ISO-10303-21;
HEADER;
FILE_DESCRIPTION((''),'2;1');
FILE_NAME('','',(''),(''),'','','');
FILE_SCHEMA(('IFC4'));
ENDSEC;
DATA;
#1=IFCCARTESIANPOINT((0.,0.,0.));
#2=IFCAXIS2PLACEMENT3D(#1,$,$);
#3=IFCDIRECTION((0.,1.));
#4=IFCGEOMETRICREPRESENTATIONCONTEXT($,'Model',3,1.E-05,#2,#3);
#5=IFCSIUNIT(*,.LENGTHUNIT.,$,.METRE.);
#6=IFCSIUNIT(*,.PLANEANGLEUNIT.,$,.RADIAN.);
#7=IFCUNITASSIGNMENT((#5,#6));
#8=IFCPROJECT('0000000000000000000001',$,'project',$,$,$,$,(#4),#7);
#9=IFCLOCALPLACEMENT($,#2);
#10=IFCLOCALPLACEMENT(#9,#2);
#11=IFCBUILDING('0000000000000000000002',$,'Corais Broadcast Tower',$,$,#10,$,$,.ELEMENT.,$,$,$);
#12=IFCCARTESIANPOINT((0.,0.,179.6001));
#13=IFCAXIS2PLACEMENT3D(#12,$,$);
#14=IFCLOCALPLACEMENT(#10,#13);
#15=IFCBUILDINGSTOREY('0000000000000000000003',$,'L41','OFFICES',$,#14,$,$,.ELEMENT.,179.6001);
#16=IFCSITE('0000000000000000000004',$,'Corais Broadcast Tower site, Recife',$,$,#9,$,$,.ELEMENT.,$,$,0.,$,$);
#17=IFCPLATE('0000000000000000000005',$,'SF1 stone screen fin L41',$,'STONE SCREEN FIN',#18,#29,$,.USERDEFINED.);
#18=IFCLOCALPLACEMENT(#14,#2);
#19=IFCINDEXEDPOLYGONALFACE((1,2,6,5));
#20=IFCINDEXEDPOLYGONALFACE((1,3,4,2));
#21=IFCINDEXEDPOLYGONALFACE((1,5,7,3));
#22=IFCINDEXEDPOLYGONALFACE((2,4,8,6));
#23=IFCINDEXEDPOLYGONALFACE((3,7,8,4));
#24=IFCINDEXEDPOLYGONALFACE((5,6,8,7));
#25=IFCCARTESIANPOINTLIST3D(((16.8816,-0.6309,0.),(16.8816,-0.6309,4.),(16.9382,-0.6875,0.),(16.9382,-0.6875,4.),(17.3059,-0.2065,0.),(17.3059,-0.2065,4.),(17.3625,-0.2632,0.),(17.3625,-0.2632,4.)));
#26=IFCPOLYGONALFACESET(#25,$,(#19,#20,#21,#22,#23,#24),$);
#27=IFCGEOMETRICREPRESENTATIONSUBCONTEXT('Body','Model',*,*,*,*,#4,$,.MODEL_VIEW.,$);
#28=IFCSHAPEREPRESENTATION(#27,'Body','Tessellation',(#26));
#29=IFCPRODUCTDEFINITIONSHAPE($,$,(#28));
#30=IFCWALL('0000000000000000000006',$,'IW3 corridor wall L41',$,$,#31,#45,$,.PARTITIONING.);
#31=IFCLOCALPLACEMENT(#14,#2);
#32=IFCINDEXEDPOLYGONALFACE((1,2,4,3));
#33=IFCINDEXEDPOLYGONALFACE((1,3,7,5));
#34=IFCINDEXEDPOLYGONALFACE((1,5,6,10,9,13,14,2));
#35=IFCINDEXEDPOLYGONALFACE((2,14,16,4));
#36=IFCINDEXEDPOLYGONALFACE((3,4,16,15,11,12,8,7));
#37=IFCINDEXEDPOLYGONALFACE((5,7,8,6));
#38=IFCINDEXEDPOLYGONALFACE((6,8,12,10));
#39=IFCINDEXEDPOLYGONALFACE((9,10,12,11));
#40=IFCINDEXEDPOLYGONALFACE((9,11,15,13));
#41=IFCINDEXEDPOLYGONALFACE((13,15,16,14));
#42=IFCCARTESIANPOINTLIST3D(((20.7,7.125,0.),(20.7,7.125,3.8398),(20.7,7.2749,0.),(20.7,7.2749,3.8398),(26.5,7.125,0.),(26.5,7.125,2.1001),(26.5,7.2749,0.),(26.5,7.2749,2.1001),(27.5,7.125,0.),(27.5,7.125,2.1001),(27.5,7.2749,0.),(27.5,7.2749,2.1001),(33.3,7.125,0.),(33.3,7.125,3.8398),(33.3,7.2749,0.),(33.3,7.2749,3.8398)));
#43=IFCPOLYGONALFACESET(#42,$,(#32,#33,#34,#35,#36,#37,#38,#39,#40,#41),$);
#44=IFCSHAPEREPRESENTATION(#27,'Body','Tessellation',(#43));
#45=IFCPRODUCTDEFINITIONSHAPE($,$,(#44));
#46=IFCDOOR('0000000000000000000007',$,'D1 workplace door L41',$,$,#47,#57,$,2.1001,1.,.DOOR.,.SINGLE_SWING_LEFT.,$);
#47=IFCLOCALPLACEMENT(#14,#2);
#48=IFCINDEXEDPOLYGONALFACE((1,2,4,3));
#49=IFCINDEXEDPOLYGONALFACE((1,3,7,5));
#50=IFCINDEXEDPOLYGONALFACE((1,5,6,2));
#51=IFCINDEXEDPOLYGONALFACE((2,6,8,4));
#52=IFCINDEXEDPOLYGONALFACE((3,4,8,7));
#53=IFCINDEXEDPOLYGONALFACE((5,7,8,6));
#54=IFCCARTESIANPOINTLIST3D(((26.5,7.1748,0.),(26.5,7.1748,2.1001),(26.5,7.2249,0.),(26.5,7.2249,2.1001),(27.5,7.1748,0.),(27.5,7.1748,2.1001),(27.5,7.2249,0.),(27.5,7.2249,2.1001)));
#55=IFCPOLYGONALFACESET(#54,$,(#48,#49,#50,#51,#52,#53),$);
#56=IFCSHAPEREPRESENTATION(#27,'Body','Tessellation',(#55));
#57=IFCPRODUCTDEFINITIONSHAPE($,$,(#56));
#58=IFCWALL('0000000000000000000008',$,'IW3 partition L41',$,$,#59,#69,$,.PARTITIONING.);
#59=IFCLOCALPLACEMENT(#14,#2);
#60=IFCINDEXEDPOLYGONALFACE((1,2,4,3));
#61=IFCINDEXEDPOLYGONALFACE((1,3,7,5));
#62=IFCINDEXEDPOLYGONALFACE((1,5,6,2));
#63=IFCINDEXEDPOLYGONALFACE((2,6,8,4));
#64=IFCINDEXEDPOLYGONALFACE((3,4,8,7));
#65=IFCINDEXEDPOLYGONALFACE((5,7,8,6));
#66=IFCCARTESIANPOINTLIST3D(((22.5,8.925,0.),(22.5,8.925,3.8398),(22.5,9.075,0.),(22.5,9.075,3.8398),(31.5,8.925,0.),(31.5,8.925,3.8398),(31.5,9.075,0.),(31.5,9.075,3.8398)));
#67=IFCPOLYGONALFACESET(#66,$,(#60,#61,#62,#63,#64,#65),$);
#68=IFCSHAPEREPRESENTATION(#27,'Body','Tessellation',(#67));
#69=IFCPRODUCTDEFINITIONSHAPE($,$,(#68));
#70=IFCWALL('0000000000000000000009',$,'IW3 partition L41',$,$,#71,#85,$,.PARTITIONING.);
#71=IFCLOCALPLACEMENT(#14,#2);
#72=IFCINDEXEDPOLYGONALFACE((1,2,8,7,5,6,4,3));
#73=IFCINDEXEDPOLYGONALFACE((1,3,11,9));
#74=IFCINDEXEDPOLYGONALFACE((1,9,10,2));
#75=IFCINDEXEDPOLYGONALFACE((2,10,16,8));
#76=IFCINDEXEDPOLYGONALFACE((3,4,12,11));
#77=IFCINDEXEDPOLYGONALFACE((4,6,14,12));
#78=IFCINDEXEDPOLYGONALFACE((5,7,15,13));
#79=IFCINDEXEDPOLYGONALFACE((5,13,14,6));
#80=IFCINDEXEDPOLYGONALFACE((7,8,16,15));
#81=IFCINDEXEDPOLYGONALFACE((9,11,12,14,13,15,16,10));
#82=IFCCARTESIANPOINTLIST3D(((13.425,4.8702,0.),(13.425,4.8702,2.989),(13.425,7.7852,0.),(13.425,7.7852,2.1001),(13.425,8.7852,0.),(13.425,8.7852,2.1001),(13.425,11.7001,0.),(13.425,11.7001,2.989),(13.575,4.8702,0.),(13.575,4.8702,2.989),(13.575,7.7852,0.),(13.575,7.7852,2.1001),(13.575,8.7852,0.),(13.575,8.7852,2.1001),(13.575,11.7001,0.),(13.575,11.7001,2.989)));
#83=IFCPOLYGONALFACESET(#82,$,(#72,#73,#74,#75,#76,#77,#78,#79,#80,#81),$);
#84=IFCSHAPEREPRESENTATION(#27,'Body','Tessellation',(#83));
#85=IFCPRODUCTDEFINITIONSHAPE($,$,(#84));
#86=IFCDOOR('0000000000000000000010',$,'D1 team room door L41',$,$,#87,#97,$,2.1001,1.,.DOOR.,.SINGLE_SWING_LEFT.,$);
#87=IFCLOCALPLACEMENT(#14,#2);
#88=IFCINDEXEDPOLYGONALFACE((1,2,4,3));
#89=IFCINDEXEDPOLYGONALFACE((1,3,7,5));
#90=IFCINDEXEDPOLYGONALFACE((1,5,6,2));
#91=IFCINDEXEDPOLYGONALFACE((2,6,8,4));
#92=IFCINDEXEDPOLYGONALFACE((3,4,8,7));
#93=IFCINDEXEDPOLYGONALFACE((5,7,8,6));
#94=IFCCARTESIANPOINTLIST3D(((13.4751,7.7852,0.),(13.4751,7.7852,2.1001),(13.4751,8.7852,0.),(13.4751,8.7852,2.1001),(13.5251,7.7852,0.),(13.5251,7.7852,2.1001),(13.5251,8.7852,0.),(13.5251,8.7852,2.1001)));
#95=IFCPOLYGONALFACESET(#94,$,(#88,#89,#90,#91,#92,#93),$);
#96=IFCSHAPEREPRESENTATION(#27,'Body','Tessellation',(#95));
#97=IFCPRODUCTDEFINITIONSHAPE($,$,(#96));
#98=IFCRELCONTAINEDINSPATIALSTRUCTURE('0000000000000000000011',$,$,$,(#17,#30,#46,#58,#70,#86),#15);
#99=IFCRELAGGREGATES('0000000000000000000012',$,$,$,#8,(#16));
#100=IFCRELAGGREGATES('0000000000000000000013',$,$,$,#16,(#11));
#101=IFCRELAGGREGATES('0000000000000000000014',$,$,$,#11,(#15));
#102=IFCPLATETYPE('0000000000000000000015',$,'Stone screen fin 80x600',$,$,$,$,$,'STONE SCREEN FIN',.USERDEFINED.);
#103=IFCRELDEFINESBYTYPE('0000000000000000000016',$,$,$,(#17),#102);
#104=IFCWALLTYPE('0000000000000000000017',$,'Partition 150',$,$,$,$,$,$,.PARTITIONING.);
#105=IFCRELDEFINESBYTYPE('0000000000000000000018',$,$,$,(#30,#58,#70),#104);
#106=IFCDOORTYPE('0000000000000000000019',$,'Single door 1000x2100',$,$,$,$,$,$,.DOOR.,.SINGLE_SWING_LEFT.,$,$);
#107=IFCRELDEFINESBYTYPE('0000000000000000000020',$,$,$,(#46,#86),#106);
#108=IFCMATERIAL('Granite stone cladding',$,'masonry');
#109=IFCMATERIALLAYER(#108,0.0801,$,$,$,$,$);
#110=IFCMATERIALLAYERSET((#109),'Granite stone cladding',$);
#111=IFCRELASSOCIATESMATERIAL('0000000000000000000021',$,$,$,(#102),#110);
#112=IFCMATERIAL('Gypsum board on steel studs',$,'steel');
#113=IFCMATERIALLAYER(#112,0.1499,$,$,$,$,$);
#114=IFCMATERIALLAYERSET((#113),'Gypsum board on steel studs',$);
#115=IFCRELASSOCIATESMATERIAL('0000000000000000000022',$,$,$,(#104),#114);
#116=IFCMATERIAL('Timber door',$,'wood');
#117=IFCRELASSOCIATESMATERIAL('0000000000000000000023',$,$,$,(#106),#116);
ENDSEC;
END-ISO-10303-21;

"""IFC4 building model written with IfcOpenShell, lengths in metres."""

from ifc_helpers import new_model, si_unit, direction, frame, frame_2d, origin, origin_2d, place, context, subcontext, project, spatial, rectangle, extrude, material, layer, layer_set, type_object, element, fill, save


model = new_model("IFC4")

# Units and contexts
model_context = context("Model", 3, precision=1e-05, world=origin(), true_north=direction((0.0, 1.0)))
body_context = subcontext(model_context, "Body", "Model", "MODEL_VIEW")
ifc_project = project(units=[si_unit("LENGTHUNIT", "METRE"), si_unit("PLANEANGLEUNIT", "RADIAN")], contexts=[model_context])

# Site, building, storey
site_placement = place(None, origin())
site = spatial("IfcSite", under=ifc_project, at=site_placement, Name="Corais Broadcast Tower site, Recife", CompositionType="ELEMENT", RefElevation=0.0)
building_placement = place(site_placement, origin())
building = spatial("IfcBuilding", under=site, at=building_placement, Name="Corais Broadcast Tower", CompositionType="ELEMENT")
storey_placement = place(building_placement, frame((0.0, 0.0, 179.6001)))
storey = spatial("IfcBuildingStorey", under=building, at=storey_placement, Name="L41", Description="OFFICES", CompositionType="ELEMENT", Elevation=179.6001)

# Plate
ifc_material_1 = material(Name="Granite stone cladding", Category="masonry")
ifc_layer_1 = layer(ifc_material_1, 0.0801)
ifc_layer_set_1 = layer_set([ifc_layer_1], Name="Granite stone cladding")
plate_type_1 = type_object("IfcPlateType", Name="Stone screen fin 80x600", ElementType="STONE SCREEN FIN", PredefinedType="USERDEFINED", material=ifc_layer_set_1)
plate_1_placement = place(storey_placement, frame((17.1221, -0.447, 0.0), z_axis=(0.0, 0.0, 1.0), x_axis=(-0.707107, 0.707107, 0.0)))
element("IfcPlate", 1, at=plate_1_placement, inside=storey, type_object=plate_type_1, Name="SF1 stone screen fin L41", ObjectType="STONE SCREEN FIN", PredefinedType="USERDEFINED", context=body_context, shape_type="SweptSolid", body=[
    extrude(rectangle(XDim=0.0801, YDim=0.6001, at=origin_2d()), origin(), (0.0, 0.0, 1.0), 4.0),
])

# Wall, opening, door
ifc_material_2 = material(Name="Gypsum board on steel studs", Category="steel")
ifc_layer_2 = layer(ifc_material_2, 0.1499)
ifc_layer_set_2 = layer_set([ifc_layer_2], Name="Gypsum board on steel studs")
wall_type = type_object("IfcWallType", Name="Partition 150", PredefinedType="PARTITIONING", material=ifc_layer_set_2)
wall_1_placement = place(storey_placement, frame((20.7, 7.2, 0.0), z_axis=(0.0, 0.0, 1.0), x_axis=(1.0, 0.0, 0.0)))
wall_1 = element("IfcWall", 2, at=wall_1_placement, inside=storey, type_object=wall_type, Name="IW3 corridor wall L41", PredefinedType="PARTITIONING", context=body_context, shape_type="SweptSolid", body=[
    extrude(rectangle(XDim=12.6001, YDim=0.1499, at=frame_2d((6.3, 0.0))), origin(), (0.0, 0.0, 1.0), 3.8398),
])
opening_1_placement = place(wall_1_placement, frame((5.8, 0.0, 0.0)))
opening_1 = element("IfcOpeningElement", 3, at=opening_1_placement, cuts=wall_1, PredefinedType="OPENING", context=body_context, shape_type="SweptSolid", body=[
    extrude(rectangle(XDim=1.0, YDim=2.1001, at=frame_2d((0.5, 1.05))), frame((0.0, 0.085, 0.0), z_axis=(0.0, -1.0, 0.0), x_axis=(1.0, 0.0, 0.0)), (0.0, 0.0, 1.0), 0.1699),
])
ifc_material_3 = material(Name="Timber door", Category="wood")
door_type = type_object("IfcDoorType", Name="Single door 1000x2100", OperationType="SINGLE_SWING_LEFT", PredefinedType="DOOR", material=ifc_material_3)
door_1_placement = place(opening_1_placement, origin())
door_1 = element("IfcDoor", 4, at=door_1_placement, inside=storey, type_object=door_type, Name="D1 workplace door L41", OperationType="SINGLE_SWING_LEFT", OverallHeight=2.1001, OverallWidth=1.0, PredefinedType="DOOR", context=body_context, shape_type="SweptSolid", body=[
    extrude(rectangle(XDim=1.0, YDim=2.1001, at=frame_2d((0.5, 1.05))), frame((0.0, 0.0249, 0.0), z_axis=(0.0, -1.0, 0.0), x_axis=(1.0, 0.0, 0.0)), (0.0, 0.0, 1.0), 0.05),
])
fill(opening_1, door_1)

# Wall
wall_2_placement = place(storey_placement, frame((22.5, 9.0, 0.0), z_axis=(0.0, 0.0, 1.0), x_axis=(1.0, 0.0, 0.0)))
element("IfcWall", 5, at=wall_2_placement, inside=storey, type_object=wall_type, Name="IW3 partition L41", PredefinedType="PARTITIONING", context=body_context, shape_type="SweptSolid", body=[
    extrude(rectangle(XDim=9.0, YDim=0.1499, at=frame_2d((4.5, 0.0))), origin(), (0.0, 0.0, 1.0), 3.8398),
])

# Wall, opening, door
wall_3_placement = place(storey_placement, frame((13.5, 4.8701, 0.0), z_axis=(0.0, 0.0, 1.0), x_axis=(0.0, 1.0, 0.0)))
wall_3 = element("IfcWall", 6, at=wall_3_placement, inside=storey, type_object=wall_type, Name="IW3 partition L41", PredefinedType="PARTITIONING", context=body_context, shape_type="SweptSolid", body=[
    extrude(rectangle(XDim=6.8298, YDim=0.1499, at=frame_2d((3.415, 0.0))), origin(), (0.0, 0.0, 1.0), 2.989),
])
opening_2_placement = place(wall_3_placement, frame((2.915, 0.0, 0.0)))
opening_2 = element("IfcOpeningElement", 7, at=opening_2_placement, cuts=wall_3, PredefinedType="OPENING", context=body_context, shape_type="SweptSolid", body=[
    extrude(rectangle(XDim=1.0, YDim=2.1001, at=frame_2d((0.5, 1.05))), frame((0.0, 0.085, 0.0), z_axis=(0.0, -1.0, 0.0), x_axis=(1.0, 0.0, 0.0)), (0.0, 0.0, 1.0), 0.1699),
])
door_2_placement = place(opening_2_placement, origin())
door_2 = element("IfcDoor", 8, at=door_2_placement, inside=storey, type_object=door_type, Name="D1 team room door L41", OperationType="SINGLE_SWING_LEFT", OverallHeight=2.1001, OverallWidth=1.0, PredefinedType="DOOR", context=body_context, shape_type="SweptSolid", body=[
    extrude(rectangle(XDim=1.0, YDim=2.1001, at=frame_2d((0.5, 1.05))), frame((0.0, 0.0249, 0.0), z_axis=(0.0, -1.0, 0.0), x_axis=(1.0, 0.0, 0.0)), (0.0, 0.0, 1.0), 0.05),
])
fill(opening_2, door_2)

save(model, "model.ifc")
